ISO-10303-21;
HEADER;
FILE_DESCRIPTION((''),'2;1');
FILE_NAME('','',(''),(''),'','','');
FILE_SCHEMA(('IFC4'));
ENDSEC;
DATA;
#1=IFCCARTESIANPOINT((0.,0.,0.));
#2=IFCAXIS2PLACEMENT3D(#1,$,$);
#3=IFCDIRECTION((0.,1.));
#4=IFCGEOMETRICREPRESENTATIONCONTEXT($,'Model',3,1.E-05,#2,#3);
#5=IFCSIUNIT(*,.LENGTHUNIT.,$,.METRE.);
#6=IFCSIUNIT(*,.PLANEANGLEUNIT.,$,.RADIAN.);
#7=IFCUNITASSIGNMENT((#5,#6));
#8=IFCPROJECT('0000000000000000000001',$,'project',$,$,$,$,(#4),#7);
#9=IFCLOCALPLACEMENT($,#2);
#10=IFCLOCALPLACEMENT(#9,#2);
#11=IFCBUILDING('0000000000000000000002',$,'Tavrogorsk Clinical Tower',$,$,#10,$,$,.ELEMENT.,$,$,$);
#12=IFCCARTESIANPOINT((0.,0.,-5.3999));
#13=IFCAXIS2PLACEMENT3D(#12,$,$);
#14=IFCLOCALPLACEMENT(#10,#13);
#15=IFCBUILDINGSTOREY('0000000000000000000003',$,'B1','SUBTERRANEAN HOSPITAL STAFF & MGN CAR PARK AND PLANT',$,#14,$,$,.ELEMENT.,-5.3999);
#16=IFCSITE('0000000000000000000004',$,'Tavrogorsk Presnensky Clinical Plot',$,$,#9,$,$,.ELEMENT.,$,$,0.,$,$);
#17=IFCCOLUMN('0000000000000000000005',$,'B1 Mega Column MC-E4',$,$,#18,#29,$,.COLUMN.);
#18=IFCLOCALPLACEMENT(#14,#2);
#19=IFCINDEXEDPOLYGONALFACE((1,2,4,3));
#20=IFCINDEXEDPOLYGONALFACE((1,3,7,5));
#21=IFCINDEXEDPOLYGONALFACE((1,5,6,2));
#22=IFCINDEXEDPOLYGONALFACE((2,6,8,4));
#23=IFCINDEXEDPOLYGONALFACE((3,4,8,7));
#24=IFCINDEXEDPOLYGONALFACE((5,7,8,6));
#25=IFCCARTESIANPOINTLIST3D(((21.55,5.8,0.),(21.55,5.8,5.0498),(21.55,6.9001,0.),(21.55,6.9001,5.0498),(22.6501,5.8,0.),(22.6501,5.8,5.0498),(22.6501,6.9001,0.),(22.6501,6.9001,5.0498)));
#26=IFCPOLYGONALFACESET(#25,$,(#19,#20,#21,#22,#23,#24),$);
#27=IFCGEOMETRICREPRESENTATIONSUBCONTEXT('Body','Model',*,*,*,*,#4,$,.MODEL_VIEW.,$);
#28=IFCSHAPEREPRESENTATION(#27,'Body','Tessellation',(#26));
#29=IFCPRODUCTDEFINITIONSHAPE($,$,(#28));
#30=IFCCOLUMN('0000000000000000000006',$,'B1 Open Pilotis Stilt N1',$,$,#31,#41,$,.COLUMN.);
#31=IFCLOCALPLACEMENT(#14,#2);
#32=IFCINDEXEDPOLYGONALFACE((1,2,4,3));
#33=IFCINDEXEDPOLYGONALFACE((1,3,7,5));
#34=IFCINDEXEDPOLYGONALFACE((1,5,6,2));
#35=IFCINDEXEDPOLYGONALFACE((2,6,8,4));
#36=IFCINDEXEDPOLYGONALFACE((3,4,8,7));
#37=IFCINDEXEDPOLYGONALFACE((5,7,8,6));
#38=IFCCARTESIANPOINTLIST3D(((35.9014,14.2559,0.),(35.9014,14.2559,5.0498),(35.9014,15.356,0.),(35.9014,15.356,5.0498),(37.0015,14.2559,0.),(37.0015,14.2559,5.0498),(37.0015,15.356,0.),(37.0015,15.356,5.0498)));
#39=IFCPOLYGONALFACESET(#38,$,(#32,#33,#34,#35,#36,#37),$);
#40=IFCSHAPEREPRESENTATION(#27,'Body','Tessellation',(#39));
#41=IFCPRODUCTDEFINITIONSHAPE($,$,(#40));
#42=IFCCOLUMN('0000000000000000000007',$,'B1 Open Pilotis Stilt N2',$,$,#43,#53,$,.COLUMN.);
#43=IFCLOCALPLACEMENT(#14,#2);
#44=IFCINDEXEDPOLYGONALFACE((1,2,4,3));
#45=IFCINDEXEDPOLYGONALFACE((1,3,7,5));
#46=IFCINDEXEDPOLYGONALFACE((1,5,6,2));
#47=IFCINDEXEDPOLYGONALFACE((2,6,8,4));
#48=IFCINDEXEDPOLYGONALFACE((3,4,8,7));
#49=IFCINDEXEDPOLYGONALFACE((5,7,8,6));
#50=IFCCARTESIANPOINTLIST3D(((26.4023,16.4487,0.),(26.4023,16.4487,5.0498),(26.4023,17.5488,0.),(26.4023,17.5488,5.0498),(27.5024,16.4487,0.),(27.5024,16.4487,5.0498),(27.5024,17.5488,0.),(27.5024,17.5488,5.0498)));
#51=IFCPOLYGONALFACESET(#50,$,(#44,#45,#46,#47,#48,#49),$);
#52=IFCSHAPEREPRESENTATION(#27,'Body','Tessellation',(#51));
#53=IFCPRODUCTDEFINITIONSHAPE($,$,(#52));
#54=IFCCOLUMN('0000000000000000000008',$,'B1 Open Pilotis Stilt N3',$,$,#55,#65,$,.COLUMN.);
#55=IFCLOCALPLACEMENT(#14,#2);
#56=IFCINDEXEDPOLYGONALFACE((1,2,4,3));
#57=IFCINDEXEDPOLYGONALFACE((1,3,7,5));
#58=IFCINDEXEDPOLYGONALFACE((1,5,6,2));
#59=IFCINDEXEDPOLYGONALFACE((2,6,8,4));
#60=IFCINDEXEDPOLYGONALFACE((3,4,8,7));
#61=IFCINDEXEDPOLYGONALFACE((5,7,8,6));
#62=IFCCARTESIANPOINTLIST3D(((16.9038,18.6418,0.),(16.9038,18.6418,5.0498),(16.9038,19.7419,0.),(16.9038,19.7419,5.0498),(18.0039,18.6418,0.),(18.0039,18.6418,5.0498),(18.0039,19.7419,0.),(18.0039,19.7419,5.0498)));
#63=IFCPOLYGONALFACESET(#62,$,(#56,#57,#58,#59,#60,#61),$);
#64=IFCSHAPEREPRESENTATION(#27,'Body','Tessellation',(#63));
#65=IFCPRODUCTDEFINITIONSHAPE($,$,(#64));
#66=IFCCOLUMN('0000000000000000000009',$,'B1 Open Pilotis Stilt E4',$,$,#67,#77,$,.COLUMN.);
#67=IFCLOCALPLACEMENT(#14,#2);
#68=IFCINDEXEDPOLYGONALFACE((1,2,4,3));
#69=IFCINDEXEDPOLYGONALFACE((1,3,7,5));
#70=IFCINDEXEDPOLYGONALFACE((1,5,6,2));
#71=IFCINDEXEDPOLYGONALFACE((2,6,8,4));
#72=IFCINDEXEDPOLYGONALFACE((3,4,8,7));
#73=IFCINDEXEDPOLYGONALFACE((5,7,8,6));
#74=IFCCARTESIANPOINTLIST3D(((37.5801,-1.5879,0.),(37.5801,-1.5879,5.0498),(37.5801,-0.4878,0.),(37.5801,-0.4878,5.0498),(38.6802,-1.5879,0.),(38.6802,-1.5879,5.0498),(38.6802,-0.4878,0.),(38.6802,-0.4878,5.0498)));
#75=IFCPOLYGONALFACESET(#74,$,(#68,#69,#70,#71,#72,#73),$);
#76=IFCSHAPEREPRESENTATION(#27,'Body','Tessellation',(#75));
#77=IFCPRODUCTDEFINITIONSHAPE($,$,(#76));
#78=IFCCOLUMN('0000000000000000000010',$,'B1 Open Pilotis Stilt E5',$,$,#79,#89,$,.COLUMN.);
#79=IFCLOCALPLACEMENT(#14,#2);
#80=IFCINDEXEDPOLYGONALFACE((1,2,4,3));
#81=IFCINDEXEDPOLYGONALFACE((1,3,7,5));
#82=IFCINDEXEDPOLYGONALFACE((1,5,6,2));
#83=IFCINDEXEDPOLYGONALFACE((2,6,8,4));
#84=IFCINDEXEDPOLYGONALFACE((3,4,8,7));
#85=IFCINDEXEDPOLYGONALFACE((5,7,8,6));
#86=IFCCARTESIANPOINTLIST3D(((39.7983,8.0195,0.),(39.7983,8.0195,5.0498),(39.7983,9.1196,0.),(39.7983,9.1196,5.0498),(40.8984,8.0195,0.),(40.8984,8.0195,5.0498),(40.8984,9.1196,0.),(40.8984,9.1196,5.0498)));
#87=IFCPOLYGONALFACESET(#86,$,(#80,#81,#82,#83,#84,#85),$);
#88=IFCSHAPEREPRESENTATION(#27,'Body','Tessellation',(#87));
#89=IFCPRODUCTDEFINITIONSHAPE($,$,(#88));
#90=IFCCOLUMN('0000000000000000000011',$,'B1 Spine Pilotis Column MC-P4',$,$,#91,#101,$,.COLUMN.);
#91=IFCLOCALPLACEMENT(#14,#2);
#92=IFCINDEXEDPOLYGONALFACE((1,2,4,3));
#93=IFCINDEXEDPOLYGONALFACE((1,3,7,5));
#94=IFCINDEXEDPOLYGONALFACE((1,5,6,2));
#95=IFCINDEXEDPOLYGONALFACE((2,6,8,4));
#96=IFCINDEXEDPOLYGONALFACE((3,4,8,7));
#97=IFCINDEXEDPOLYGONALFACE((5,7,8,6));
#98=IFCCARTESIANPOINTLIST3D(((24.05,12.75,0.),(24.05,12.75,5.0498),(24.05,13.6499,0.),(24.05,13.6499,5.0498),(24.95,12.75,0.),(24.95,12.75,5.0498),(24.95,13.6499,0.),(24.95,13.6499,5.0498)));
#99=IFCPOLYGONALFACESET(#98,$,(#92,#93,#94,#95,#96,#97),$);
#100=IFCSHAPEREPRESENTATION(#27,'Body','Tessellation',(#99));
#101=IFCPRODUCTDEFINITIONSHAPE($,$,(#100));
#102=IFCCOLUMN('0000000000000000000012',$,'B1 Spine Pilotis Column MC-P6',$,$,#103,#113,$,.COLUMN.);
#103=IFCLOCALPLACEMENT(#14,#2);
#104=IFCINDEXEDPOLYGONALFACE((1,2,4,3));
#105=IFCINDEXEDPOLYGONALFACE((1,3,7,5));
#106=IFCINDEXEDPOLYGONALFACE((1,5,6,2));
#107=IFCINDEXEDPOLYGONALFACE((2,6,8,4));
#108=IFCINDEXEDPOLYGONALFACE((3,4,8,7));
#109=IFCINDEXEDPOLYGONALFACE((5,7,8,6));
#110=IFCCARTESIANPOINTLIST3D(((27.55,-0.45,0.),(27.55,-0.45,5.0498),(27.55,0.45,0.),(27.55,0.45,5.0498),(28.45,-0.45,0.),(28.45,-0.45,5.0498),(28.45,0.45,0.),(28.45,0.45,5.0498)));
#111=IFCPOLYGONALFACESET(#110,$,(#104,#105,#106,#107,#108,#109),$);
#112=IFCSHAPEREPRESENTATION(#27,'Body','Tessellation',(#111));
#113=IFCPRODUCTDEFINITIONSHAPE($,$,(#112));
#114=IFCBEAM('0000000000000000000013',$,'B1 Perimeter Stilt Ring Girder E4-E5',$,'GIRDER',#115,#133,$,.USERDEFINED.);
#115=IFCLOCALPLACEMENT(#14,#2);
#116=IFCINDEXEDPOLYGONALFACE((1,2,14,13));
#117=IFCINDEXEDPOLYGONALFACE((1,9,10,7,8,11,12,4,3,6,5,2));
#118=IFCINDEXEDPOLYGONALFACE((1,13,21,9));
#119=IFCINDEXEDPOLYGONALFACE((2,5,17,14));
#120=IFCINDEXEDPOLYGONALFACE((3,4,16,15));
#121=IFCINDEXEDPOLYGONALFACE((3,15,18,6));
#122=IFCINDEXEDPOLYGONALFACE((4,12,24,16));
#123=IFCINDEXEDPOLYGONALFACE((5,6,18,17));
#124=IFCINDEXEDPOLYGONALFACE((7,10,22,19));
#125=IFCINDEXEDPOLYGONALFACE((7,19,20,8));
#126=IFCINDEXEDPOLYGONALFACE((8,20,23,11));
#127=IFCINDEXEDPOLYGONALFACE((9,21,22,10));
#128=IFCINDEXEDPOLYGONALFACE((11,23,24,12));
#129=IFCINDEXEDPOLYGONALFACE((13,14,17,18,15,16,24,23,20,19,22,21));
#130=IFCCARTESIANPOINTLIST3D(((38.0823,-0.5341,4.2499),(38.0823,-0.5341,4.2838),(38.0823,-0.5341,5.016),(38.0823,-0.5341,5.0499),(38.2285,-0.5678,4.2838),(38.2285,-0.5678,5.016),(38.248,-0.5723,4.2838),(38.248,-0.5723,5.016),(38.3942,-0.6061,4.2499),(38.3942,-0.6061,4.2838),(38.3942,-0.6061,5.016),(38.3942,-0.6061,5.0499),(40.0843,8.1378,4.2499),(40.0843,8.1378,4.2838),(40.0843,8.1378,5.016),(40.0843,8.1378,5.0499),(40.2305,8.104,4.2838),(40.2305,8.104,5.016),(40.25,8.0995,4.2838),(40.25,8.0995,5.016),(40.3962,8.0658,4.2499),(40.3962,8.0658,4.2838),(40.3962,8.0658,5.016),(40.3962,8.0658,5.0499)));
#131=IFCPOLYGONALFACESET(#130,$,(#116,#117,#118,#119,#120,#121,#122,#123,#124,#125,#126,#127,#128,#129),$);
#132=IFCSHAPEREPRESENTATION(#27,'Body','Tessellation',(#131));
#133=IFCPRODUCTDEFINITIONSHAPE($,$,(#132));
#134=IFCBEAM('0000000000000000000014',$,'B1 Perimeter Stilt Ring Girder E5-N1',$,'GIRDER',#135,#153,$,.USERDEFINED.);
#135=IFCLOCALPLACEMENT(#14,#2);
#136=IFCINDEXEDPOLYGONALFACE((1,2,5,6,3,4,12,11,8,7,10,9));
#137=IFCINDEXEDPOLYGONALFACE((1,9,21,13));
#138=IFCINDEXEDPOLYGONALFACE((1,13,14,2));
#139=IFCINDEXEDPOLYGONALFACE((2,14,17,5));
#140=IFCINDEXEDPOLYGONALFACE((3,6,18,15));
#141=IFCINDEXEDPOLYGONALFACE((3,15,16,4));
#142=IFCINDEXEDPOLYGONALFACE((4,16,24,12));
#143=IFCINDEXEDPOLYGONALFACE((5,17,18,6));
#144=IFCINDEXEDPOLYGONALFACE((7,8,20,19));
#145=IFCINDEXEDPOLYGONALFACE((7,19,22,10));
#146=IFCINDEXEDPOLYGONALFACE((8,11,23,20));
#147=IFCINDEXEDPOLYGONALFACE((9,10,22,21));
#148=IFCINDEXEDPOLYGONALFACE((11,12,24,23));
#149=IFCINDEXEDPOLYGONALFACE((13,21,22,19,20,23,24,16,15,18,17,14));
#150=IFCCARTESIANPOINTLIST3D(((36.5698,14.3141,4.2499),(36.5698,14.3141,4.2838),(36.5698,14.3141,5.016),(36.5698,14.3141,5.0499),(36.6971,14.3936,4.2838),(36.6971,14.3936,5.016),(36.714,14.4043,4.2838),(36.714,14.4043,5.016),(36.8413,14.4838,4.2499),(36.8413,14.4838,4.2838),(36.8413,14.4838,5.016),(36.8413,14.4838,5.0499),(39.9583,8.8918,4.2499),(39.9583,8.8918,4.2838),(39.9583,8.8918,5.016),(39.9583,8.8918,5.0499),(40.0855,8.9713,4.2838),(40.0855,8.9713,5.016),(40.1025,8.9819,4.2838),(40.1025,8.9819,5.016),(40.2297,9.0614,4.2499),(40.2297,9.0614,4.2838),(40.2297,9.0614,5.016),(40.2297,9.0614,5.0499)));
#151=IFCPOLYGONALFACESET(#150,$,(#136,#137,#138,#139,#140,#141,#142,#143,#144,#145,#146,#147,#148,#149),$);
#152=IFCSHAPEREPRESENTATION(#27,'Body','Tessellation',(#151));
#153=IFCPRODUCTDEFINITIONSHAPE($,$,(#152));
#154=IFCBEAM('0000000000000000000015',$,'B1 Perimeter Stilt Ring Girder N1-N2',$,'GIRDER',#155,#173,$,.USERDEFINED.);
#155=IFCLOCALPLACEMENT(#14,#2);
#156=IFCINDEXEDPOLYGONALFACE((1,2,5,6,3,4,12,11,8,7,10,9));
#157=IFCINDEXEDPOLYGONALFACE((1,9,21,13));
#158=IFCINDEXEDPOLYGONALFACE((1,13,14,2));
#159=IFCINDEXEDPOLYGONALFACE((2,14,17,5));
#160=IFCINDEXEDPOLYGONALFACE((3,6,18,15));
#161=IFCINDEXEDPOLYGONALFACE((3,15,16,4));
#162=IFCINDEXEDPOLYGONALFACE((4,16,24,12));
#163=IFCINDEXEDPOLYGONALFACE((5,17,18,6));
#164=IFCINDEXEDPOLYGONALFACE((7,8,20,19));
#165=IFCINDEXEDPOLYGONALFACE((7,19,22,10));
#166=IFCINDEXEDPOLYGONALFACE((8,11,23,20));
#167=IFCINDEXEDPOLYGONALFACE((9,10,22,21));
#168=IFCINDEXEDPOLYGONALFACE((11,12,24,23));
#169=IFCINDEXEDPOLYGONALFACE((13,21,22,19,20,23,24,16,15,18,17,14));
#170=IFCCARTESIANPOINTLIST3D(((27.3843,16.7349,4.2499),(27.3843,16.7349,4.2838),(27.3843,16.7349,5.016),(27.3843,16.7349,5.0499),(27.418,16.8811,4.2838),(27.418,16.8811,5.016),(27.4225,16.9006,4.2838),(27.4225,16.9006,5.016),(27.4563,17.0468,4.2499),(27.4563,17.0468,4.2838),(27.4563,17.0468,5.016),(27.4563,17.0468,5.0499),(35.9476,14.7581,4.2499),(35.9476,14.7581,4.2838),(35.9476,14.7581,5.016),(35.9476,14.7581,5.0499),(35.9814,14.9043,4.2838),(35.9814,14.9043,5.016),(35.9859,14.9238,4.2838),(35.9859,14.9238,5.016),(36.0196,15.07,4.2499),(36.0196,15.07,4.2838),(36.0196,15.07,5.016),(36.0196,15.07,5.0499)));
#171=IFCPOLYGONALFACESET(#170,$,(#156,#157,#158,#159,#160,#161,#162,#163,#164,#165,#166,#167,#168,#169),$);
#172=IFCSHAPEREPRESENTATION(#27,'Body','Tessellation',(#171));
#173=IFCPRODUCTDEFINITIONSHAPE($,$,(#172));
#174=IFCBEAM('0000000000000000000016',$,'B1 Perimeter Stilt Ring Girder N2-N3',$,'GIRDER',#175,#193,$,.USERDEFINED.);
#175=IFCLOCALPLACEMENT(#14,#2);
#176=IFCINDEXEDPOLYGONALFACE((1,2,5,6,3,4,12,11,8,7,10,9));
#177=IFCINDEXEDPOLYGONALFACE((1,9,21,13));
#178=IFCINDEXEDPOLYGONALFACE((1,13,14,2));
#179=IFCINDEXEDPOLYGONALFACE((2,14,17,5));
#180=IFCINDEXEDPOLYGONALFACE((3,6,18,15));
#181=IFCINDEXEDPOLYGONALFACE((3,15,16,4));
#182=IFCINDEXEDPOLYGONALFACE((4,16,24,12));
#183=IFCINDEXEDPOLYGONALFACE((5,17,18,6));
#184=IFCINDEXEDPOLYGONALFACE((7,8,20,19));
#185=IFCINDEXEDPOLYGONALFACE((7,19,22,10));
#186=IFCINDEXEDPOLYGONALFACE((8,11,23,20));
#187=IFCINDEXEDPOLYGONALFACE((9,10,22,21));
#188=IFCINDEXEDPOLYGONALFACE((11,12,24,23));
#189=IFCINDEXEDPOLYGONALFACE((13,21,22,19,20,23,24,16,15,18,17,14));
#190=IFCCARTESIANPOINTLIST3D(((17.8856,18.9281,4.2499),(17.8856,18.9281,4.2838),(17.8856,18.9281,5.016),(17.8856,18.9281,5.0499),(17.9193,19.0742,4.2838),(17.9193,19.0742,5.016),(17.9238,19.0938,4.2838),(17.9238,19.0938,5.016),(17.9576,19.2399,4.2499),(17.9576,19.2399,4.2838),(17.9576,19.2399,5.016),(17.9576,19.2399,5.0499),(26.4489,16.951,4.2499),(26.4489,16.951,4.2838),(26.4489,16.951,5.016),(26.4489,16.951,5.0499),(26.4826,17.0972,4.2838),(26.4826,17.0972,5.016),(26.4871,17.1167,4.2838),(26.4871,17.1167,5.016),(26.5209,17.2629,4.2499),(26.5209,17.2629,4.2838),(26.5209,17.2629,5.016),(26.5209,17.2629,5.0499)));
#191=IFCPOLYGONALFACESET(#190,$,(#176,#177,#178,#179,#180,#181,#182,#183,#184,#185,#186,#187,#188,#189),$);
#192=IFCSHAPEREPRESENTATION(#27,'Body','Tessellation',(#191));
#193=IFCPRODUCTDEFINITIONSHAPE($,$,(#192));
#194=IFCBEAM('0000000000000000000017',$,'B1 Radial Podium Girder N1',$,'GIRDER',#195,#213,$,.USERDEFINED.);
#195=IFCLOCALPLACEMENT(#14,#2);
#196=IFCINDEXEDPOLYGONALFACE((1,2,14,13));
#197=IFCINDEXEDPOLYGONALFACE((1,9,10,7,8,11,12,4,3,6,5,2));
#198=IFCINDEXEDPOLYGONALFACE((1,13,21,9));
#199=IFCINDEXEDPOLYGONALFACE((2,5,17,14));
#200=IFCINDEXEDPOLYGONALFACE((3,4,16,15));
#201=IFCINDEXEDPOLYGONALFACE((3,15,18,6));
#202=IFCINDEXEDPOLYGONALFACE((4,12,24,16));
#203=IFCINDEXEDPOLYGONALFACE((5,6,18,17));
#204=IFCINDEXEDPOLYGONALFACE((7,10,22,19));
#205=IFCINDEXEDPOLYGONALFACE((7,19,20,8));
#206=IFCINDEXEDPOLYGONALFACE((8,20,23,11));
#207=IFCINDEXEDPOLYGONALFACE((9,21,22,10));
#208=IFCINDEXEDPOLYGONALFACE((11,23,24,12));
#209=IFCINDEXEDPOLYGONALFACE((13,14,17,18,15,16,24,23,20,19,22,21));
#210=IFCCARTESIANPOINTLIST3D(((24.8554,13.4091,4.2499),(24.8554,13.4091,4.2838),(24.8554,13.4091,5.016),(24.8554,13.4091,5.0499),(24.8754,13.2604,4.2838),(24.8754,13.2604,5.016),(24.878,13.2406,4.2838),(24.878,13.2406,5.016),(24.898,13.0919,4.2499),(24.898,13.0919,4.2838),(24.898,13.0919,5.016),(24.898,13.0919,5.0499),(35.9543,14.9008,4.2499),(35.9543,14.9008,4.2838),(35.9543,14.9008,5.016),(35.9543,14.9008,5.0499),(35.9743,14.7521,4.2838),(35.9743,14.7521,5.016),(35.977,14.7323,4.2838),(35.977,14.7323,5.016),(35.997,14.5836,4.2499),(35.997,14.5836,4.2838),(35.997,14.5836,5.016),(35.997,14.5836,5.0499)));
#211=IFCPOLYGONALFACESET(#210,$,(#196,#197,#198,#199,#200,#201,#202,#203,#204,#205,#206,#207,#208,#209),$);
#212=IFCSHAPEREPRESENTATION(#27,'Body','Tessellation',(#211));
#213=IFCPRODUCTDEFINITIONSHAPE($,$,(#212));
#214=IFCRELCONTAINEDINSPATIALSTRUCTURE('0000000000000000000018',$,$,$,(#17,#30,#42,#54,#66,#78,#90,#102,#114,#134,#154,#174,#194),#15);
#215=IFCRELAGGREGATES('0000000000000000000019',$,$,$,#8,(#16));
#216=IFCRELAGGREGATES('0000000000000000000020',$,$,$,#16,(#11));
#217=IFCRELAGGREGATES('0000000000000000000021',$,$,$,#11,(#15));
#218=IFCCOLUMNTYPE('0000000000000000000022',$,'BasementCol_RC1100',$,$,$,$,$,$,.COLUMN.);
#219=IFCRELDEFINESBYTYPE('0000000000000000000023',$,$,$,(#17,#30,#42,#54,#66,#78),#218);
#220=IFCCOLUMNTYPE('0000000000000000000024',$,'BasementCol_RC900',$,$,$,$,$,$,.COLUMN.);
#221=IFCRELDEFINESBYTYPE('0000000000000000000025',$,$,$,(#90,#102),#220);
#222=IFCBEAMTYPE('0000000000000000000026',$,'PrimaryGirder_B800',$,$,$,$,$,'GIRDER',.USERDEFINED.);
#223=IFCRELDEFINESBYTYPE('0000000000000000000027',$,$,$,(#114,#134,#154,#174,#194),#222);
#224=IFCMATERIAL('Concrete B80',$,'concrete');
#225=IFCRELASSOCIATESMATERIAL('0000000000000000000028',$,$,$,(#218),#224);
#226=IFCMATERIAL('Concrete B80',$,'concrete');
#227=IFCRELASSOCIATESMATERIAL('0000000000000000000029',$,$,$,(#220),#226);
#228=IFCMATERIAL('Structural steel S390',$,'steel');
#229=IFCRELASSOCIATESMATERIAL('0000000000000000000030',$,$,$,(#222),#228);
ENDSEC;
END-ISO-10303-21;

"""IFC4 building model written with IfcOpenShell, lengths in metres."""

from ifc_helpers import new_model, si_unit, direction, frame, origin, origin_2d, place, context, subcontext, project, spatial, rectangle, i_section, extrude, material, material_profile, profile_set, type_object, element, save


model = new_model("IFC4")

# Units and contexts
model_context = context("Model", 3, precision=1e-05, world=origin(), true_north=direction((0.0, 1.0)))
body_context = subcontext(model_context, "Body", "Model", "MODEL_VIEW")
ifc_project = project(units=[si_unit("LENGTHUNIT", "METRE"), si_unit("PLANEANGLEUNIT", "RADIAN")], contexts=[model_context])

# Site, building, storey
site_placement = place(None, origin())
site = spatial("IfcSite", under=ifc_project, at=site_placement, Name="Tavrogorsk Presnensky Clinical Plot", CompositionType="ELEMENT", RefElevation=0.0)
building_placement = place(site_placement, origin())
building = spatial("IfcBuilding", under=site, at=building_placement, Name="Tavrogorsk Clinical Tower", CompositionType="ELEMENT")
storey_placement = place(building_placement, frame((0.0, 0.0, -5.3999)))
storey = spatial("IfcBuildingStorey", under=building, at=storey_placement, Name="B1", Description="SUBTERRANEAN HOSPITAL STAFF & MGN CAR PARK AND PLANT", CompositionType="ELEMENT", Elevation=-5.3999)

# Columns
ifc_material_1 = material(Name="Concrete B80", Category="concrete")
ifc_material_profile_1 = material_profile(ifc_material_1, rectangle(XDim=1.1001, YDim=1.1001, at=origin_2d()), Name="RC-COL-1100x1100")
ifc_profile_set_1 = profile_set([ifc_material_profile_1], Name="Concrete B80")
column_type_1 = type_object("IfcColumnType", Name="BasementCol_RC1100", PredefinedType="COLUMN", material=ifc_profile_set_1)
for number, where, z_axis, x_axis, name in (
    (1, (22.1001, 6.3501, 0.0), (0.0, 0.0, 1.0), (1.0, 0.0, 0.0), "B1 Mega Column MC-E4"),
    (2, (36.4514, 14.8059, 0.0), (0.0, 0.0, 1.0), (1.0, 0.0, 0.0), "B1 Open Pilotis Stilt N1"),
    (3, (26.9524, 16.9988, 0.0), (0.0, 0.0, 1.0), (1.0, 0.0, 0.0), "B1 Open Pilotis Stilt N2"),
    (4, (17.4539, 19.1919, 0.0), (0.0, 0.0, 1.0), (1.0, 0.0, 0.0), "B1 Open Pilotis Stilt N3"),
    (5, (38.1301, -1.0378, 0.0), (0.0, 0.0, 1.0), (1.0, 0.0, 0.0), "B1 Open Pilotis Stilt E4"),
    (6, (40.3484, 8.5696, 0.0), (0.0, 0.0, 1.0), (1.0, 0.0, 0.0), "B1 Open Pilotis Stilt E5"),
):
    element("IfcColumn", number, at=place(storey_placement, frame(where, z_axis=z_axis, x_axis=x_axis)), inside=storey, type_object=column_type_1, Name=name, PredefinedType="COLUMN", context=body_context, shape_type="SweptSolid", body=[
        extrude(rectangle(XDim=1.1001, YDim=1.1001, at=origin_2d()), origin(), (0.0, 0.0, 1.0), 5.0498),
    ])
ifc_material_2 = material(Name="Concrete B80", Category="concrete")
ifc_material_profile_2 = material_profile(ifc_material_2, rectangle(XDim=0.8999, YDim=0.8999, at=origin_2d()), Name="RC-COL-900x900")
ifc_profile_set_2 = profile_set([ifc_material_profile_2], Name="Concrete B80")
column_type_2 = type_object("IfcColumnType", Name="BasementCol_RC900", PredefinedType="COLUMN", material=ifc_profile_set_2)
for number, where, z_axis, x_axis, name in (
    (7, (24.5, 13.2, 0.0), (0.0, 0.0, 1.0), (1.0, 0.0, 0.0), "B1 Spine Pilotis Column MC-P4"),
    (8, (28.0, 0.0, 0.0), (0.0, 0.0, 1.0), (1.0, 0.0, 0.0), "B1 Spine Pilotis Column MC-P6"),
):
    element("IfcColumn", number, at=place(storey_placement, frame(where, z_axis=z_axis, x_axis=x_axis)), inside=storey, type_object=column_type_2, Name=name, PredefinedType="COLUMN", context=body_context, shape_type="SweptSolid", body=[
        extrude(rectangle(XDim=0.8999, YDim=0.8999, at=origin_2d()), origin(), (0.0, 0.0, 1.0), 5.0498),
    ])

# Beams
ifc_material_3 = material(Name="Structural steel S390", Category="steel")
ifc_material_profile_3 = material_profile(ifc_material_3, i_section(OverallWidth=0.3201, OverallDepth=0.8, WebThickness=0.02, FlangeThickness=0.0339, at=origin_2d()), Name="B-800x320x20x34")
ifc_profile_set_3 = profile_set([ifc_material_profile_3], Name="Structural steel S390")
beam_type = type_object("IfcBeamType", Name="PrimaryGirder_B800", ElementType="GIRDER", PredefinedType="USERDEFINED", material=ifc_profile_set_3)
beam_1_placement = place(storey_placement, frame((38.2383, -0.5701, 4.6499), z_axis=(0.22494, 0.974373, 0.0), x_axis=(-0.974373, 0.22494, 0.0)))
element("IfcBeam", 9, at=beam_1_placement, inside=storey, type_object=beam_type, Name="B1 Perimeter Stilt Ring Girder E4-E5", ObjectType="GIRDER", PredefinedType="USERDEFINED", context=body_context, shape_type="SweptSolid", body=[
    extrude(i_section(OverallWidth=0.3201, OverallDepth=0.8, WebThickness=0.02, FlangeThickness=0.0339, at=origin_2d()), origin(), (0.0, 0.0, 1.0), 8.8999),
])
beam_2_placement = place(storey_placement, frame((40.094, 8.9766, 4.6499), z_axis=(-0.529937, 0.848037, 0.0), x_axis=(-0.848037, -0.529937, 0.0)))
element("IfcBeam", 10, at=beam_2_placement, inside=storey, type_object=beam_type, Name="B1 Perimeter Stilt Ring Girder E5-N1", ObjectType="GIRDER", PredefinedType="USERDEFINED", context=body_context, shape_type="SweptSolid", body=[
    extrude(i_section(OverallWidth=0.3201, OverallDepth=0.8, WebThickness=0.02, FlangeThickness=0.0339, at=origin_2d()), origin(), (0.0, 0.0, 1.0), 6.394),
])
for number, where, z_axis, x_axis, name in (
    (11, (35.9836, 14.9141, 4.6499), (-0.974376, 0.224926, 0.0), (-0.224926, -0.974376, 0.0), "B1 Perimeter Stilt Ring Girder N1-N2"),
    (12, (26.4849, 17.1069, 4.6499), (-0.974368, 0.224959, 0.0), (-0.224959, -0.974368, 0.0), "B1 Perimeter Stilt Ring Girder N2-N3"),
):
    element("IfcBeam", number, at=place(storey_placement, frame(where, z_axis=z_axis, x_axis=x_axis)), inside=storey, type_object=beam_type, Name=name, ObjectType="GIRDER", PredefinedType="USERDEFINED", context=body_context, shape_type="SweptSolid", body=[
        extrude(i_section(OverallWidth=0.3201, OverallDepth=0.8, WebThickness=0.02, FlangeThickness=0.0339, at=origin_2d()), origin(), (0.0, 0.0, 1.0), 8.7886),
    ])
beam_3_placement = place(storey_placement, frame((24.8767, 13.2505, 4.6499), z_axis=(0.991089, 0.133203, 0.0), x_axis=(-0.133203, 0.991089, 0.0)))
element("IfcBeam", 13, at=beam_3_placement, inside=storey, type_object=beam_type, Name="B1 Radial Podium Girder N1", ObjectType="GIRDER", PredefinedType="USERDEFINED", context=body_context, shape_type="SweptSolid", body=[
    extrude(i_section(OverallWidth=0.3201, OverallDepth=0.8, WebThickness=0.02, FlangeThickness=0.0339, at=origin_2d()), origin(), (0.0, 0.0, 1.0), 11.1987),
])

save(model, "model.ifc")
